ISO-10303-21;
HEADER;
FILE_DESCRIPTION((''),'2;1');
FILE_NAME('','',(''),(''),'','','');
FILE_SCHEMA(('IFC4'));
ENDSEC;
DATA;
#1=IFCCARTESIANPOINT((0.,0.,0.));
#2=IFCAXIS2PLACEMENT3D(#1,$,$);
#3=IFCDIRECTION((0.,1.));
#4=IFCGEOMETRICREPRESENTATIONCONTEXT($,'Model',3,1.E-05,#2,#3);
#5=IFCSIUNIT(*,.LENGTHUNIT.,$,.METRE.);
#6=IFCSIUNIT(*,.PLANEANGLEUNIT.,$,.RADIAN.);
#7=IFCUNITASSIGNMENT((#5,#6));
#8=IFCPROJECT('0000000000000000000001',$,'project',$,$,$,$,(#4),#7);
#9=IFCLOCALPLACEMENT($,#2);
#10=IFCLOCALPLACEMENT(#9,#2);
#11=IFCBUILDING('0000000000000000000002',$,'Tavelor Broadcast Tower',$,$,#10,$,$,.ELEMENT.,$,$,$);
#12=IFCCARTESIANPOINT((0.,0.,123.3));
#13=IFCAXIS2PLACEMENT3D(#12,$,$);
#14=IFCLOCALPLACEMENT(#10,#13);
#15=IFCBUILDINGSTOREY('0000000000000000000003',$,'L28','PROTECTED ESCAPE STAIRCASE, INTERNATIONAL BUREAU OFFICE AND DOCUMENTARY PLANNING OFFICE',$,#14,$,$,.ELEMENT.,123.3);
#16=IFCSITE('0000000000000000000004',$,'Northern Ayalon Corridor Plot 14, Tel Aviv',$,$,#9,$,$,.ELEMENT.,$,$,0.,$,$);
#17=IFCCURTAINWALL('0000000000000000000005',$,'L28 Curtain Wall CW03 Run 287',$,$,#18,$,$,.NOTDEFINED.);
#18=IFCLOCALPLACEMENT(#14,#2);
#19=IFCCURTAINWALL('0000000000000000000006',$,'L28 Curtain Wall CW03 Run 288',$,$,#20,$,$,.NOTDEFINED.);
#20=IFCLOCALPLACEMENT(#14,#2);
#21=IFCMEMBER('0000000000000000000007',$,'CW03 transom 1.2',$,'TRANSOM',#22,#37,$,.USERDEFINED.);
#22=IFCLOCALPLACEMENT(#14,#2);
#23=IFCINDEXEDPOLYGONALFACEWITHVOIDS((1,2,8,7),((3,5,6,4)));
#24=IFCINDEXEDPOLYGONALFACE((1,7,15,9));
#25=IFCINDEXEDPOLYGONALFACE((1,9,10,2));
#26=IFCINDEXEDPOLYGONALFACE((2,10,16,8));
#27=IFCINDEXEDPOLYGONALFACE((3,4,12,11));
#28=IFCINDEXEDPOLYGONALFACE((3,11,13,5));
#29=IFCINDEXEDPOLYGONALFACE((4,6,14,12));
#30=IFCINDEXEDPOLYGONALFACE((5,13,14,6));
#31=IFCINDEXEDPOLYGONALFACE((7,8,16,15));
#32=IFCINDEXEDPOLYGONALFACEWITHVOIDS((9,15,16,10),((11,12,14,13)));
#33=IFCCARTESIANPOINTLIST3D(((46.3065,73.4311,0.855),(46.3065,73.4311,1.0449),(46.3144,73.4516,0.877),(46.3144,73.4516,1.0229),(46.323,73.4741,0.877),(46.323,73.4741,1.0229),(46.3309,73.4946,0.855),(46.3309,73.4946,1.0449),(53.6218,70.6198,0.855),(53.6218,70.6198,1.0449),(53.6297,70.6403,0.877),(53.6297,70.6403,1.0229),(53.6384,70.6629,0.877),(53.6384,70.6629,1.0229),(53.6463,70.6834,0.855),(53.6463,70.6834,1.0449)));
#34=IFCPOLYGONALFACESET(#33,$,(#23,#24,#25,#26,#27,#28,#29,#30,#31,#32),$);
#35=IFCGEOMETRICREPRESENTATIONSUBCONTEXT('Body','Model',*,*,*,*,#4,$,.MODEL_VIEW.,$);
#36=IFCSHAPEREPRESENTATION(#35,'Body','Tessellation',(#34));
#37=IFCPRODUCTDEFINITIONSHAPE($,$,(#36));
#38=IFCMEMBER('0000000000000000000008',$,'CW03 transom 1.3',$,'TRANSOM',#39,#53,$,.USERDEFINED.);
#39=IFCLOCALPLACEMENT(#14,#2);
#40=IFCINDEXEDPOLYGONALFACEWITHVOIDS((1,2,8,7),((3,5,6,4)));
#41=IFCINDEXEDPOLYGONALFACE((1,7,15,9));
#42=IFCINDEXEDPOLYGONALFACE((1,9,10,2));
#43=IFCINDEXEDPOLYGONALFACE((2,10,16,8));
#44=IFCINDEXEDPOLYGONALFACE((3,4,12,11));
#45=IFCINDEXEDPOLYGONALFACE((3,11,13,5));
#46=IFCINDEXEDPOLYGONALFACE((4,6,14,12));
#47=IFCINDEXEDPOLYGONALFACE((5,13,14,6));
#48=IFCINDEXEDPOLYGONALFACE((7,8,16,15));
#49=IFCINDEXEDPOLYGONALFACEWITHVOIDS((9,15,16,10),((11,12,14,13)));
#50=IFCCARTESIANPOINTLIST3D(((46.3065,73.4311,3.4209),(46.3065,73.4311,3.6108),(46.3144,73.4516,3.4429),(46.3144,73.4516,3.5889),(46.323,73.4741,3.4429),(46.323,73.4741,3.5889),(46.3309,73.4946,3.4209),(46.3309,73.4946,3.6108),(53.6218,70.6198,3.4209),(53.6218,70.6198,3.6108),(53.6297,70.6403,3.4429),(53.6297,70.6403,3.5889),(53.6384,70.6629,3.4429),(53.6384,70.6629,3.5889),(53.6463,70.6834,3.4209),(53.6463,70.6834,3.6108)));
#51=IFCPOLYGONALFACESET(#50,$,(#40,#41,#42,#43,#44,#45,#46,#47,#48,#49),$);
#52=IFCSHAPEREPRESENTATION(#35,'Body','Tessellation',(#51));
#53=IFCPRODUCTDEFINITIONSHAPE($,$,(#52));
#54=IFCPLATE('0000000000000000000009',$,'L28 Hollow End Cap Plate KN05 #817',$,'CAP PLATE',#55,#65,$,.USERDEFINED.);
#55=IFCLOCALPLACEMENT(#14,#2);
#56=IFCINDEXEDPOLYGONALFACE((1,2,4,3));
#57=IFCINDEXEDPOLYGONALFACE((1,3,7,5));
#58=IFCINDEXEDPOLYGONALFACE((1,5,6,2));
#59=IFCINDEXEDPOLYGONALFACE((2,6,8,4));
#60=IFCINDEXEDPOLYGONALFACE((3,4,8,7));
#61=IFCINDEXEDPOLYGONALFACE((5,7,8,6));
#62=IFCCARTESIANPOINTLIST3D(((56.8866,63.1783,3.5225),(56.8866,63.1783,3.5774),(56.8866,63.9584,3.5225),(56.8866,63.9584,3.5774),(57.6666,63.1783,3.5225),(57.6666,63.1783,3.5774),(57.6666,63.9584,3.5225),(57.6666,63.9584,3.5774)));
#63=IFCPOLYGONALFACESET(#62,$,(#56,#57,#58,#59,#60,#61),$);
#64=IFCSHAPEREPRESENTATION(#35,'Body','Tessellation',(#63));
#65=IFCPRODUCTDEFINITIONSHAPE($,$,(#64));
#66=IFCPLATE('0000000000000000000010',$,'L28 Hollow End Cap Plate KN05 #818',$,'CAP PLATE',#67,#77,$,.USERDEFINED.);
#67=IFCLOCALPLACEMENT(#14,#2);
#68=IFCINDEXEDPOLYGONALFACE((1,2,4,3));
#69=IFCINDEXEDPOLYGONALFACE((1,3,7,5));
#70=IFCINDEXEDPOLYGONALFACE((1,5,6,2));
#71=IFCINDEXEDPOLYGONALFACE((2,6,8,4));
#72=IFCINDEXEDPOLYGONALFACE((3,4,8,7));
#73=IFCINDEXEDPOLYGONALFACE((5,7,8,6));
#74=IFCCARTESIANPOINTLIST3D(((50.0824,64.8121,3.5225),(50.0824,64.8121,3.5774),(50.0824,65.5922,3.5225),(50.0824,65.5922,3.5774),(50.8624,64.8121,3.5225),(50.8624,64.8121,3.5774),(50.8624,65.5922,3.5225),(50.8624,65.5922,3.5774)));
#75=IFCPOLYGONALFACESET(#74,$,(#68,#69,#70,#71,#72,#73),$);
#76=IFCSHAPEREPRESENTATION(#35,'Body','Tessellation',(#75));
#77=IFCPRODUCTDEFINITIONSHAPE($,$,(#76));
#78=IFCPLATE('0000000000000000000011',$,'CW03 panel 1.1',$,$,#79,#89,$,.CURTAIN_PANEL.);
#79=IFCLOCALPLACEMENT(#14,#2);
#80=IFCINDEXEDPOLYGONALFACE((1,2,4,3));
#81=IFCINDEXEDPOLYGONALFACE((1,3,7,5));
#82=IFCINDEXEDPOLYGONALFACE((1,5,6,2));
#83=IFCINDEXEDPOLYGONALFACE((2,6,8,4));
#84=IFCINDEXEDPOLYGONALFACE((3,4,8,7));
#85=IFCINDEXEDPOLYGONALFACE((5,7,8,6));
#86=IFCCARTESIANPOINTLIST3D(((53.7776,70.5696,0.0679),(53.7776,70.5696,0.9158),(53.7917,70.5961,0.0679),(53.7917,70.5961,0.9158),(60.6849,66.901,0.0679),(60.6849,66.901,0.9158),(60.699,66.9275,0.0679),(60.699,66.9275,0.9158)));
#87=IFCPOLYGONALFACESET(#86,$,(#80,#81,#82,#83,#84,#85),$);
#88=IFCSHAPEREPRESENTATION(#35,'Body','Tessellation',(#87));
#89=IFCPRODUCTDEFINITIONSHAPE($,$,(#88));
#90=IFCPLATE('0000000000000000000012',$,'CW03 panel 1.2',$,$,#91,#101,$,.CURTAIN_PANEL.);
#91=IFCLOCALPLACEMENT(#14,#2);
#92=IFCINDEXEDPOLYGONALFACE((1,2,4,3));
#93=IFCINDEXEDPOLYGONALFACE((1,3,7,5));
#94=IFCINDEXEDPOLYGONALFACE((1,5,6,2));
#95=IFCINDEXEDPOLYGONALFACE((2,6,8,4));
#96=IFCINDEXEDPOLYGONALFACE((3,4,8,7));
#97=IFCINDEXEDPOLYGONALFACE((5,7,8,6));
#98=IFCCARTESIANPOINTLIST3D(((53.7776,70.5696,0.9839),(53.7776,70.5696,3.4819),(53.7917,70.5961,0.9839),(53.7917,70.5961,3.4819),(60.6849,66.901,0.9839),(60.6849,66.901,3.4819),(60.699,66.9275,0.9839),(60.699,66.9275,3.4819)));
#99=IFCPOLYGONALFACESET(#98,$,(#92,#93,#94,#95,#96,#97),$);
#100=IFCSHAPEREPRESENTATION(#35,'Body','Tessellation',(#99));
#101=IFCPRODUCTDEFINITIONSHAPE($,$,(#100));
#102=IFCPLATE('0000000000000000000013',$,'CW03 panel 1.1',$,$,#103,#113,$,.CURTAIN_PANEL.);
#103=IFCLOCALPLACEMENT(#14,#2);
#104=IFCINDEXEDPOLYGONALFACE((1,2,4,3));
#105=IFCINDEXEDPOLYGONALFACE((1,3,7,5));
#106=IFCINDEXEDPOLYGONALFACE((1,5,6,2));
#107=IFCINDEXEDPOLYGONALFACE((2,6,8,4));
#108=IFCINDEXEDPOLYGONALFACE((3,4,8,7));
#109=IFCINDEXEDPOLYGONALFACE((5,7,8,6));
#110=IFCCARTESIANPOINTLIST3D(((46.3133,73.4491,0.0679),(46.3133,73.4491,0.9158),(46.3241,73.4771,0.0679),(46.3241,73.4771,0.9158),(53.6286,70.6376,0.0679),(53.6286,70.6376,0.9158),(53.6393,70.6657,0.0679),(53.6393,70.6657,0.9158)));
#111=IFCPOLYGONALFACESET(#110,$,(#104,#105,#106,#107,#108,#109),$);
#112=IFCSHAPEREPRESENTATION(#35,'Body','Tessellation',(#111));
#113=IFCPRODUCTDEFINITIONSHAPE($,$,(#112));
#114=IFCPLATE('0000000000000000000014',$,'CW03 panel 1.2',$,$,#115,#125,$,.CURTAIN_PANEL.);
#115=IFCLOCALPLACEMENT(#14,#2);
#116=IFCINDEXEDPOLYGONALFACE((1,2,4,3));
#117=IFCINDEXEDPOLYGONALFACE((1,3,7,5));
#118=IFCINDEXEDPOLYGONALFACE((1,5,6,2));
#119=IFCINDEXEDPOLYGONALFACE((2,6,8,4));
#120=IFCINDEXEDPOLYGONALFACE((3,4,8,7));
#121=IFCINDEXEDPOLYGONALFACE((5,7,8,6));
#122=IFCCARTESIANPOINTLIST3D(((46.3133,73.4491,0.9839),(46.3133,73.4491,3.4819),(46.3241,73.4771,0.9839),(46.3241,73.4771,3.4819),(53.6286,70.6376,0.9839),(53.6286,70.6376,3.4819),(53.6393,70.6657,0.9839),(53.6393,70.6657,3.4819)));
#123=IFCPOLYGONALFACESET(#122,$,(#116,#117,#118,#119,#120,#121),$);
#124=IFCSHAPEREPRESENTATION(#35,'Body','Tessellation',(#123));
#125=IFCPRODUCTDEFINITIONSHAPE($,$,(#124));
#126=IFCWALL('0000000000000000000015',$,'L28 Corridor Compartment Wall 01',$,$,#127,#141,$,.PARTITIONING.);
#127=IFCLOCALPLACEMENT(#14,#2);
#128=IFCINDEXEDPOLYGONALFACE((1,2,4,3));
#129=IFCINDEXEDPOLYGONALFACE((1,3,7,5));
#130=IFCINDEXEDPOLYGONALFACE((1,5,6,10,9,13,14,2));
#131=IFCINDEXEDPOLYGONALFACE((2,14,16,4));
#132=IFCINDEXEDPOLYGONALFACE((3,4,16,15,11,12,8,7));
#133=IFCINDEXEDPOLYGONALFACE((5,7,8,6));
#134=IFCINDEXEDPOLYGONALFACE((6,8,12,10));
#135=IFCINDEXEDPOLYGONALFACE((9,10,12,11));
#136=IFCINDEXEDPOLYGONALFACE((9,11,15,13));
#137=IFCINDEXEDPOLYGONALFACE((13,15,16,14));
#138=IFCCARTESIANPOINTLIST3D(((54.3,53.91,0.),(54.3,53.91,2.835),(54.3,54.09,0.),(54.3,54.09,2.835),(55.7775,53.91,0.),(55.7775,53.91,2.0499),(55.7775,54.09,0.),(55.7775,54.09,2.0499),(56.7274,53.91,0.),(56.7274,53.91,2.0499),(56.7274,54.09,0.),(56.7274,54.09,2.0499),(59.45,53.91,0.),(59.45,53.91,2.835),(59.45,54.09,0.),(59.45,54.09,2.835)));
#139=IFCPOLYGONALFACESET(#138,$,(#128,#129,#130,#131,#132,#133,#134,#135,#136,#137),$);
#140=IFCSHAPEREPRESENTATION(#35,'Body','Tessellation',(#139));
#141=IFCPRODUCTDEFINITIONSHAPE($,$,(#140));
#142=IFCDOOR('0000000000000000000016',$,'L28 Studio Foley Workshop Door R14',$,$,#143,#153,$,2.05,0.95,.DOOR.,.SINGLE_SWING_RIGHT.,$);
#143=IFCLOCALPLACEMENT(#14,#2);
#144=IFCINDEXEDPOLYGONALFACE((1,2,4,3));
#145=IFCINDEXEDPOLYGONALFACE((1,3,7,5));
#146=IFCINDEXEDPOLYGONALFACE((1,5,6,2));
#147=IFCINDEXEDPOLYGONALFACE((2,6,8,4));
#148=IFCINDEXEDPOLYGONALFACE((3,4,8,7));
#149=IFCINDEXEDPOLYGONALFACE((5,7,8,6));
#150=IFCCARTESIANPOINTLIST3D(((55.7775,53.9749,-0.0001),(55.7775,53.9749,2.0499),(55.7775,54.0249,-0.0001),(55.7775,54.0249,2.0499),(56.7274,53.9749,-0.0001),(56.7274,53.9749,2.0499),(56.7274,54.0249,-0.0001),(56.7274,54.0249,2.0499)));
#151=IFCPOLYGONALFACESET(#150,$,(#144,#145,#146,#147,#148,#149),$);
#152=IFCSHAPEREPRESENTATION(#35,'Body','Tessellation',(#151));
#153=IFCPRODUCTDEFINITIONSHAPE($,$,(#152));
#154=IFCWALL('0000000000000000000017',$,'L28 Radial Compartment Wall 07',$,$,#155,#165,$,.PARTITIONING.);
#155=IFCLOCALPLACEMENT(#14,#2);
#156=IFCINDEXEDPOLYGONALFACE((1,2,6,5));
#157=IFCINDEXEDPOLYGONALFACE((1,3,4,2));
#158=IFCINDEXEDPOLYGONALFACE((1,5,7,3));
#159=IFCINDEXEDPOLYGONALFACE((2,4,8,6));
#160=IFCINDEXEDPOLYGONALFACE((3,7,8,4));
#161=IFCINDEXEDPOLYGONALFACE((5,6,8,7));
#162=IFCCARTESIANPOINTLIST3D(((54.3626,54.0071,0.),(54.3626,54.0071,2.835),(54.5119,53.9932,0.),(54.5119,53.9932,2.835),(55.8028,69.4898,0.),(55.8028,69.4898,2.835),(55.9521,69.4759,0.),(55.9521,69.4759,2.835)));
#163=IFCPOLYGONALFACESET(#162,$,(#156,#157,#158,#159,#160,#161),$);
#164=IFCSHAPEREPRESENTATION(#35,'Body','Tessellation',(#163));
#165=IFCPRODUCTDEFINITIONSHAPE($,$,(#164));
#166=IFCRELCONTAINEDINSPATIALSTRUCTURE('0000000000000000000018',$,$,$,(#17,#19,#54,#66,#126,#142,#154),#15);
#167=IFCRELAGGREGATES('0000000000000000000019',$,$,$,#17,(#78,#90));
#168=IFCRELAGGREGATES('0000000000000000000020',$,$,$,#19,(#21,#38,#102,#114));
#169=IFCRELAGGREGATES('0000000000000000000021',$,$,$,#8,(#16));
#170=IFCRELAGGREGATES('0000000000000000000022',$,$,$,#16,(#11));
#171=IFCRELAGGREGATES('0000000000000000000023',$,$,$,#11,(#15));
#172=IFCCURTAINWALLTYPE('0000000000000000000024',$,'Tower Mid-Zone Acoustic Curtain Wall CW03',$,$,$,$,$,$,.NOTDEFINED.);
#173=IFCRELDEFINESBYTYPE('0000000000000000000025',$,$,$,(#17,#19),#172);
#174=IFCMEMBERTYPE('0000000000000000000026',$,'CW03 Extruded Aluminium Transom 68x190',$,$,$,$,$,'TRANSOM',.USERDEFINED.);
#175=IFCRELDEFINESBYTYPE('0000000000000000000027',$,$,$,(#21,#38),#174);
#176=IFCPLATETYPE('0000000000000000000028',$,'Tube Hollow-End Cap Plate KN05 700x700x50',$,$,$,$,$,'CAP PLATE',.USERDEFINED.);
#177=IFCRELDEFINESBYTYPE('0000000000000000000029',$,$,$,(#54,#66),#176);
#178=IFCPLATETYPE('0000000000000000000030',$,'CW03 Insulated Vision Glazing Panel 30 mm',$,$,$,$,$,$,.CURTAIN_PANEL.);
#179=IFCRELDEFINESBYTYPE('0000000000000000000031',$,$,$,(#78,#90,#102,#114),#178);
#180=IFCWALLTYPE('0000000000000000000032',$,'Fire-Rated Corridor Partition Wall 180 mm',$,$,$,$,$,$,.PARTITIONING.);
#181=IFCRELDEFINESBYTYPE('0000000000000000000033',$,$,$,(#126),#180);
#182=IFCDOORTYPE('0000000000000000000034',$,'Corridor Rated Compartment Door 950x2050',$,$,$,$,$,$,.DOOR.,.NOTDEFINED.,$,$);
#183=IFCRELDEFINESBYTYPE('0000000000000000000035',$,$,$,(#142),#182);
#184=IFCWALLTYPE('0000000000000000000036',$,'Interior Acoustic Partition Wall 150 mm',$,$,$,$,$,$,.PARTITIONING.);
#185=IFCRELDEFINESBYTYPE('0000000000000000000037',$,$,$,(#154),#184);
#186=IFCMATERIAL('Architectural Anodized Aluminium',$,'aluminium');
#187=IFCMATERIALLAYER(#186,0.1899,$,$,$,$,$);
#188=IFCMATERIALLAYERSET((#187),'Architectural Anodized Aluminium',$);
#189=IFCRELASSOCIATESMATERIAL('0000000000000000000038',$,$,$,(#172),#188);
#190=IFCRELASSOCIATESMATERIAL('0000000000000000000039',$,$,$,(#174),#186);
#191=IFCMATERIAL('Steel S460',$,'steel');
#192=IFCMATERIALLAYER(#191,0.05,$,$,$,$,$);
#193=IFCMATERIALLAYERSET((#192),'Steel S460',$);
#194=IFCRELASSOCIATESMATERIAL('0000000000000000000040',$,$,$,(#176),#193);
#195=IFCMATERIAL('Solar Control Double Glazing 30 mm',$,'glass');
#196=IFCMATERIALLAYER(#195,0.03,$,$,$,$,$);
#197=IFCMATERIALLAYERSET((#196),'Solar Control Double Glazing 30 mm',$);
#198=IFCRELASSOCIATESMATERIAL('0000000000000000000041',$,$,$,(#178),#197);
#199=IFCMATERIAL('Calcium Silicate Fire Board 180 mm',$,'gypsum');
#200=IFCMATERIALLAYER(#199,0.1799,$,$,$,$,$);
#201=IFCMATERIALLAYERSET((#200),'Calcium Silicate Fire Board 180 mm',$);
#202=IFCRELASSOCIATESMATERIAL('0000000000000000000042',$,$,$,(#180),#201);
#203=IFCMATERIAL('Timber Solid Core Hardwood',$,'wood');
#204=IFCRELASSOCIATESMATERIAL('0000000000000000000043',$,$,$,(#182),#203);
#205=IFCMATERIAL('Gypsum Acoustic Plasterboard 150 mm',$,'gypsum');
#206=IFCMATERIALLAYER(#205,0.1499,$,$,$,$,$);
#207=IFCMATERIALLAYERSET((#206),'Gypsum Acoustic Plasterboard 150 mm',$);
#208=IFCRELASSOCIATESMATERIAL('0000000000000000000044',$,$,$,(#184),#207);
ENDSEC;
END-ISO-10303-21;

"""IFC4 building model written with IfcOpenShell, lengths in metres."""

from ifc_helpers import new_model, si_unit, direction, frame, frame_2d, origin, origin_2d, place, context, subcontext, project, spatial, rectangle, hollow_rectangle, extrude, source, transform, mapped, material, layer, layer_set, material_profile, profile_set, type_object, type_shapes, element, fill, aggregate, save


model = new_model("IFC4")

# Units and contexts
model_context = context("Model", 3, precision=1e-05, world=origin(), true_north=direction((0.0, 1.0)))
body_context = subcontext(model_context, "Body", "Model", "MODEL_VIEW")
ifc_project = project(units=[si_unit("LENGTHUNIT", "METRE"), si_unit("PLANEANGLEUNIT", "RADIAN")], contexts=[model_context])

# Site, building, storey
site_placement = place(None, origin())
site = spatial("IfcSite", under=ifc_project, at=site_placement, Name="Northern Ayalon Corridor Plot 14, Tel Aviv", CompositionType="ELEMENT", RefElevation=0.0)
building_placement = place(site_placement, origin())
building = spatial("IfcBuilding", under=site, at=building_placement, Name="Tavelor Broadcast Tower", CompositionType="ELEMENT")
storey_placement = place(building_placement, frame((0.0, 0.0, 123.3)))
storey = spatial("IfcBuildingStorey", under=building, at=storey_placement, Name="L28", Description="PROTECTED ESCAPE STAIRCASE, INTERNATIONAL BUREAU OFFICE AND DOCUMENTARY PLANNING OFFICE", CompositionType="ELEMENT", Elevation=123.3)

# Shared definitions
ifc_material_1 = material(Name="Steel S460", Category="steel")

# Curtain wall
ifc_material_2 = material(Name="Architectural Anodized Aluminium", Category="aluminium")
ifc_layer_1 = layer(ifc_material_2, 0.1899)
ifc_layer_set_1 = layer_set([ifc_layer_1], Name="Architectural Anodized Aluminium")
curtain_wall_type = type_object("IfcCurtainWallType", Name="Tower Mid-Zone Acoustic Curtain Wall CW03", PredefinedType="NOTDEFINED", material=ifc_layer_set_1)
curtain_wall_1_placement = place(storey_placement, origin())
curtain_wall_1 = element("IfcCurtainWall", 1, at=curtain_wall_1_placement, inside=storey, type_object=curtain_wall_type, Name="L28 Curtain Wall CW03 Run 287", PredefinedType="NOTDEFINED")

# Curtain wall, members
curtain_wall_2_placement = place(storey_placement, origin())
curtain_wall_2 = element("IfcCurtainWall", 2, at=curtain_wall_2_placement, inside=storey, type_object=curtain_wall_type, Name="L28 Curtain Wall CW03 Run 288", PredefinedType="NOTDEFINED")
ifc_material_profile_1 = material_profile(ifc_material_2, hollow_rectangle(XDim=0.0681, YDim=0.1899, WallThickness=0.022, at=origin_2d()), Name="RHS 68x190x22")
ifc_profile_set_1 = profile_set([ifc_material_profile_1], Name="Architectural Anodized Aluminium")
member_type_1 = type_object("IfcMemberType", Name="CW03 Extruded Aluminium Transom 68x190", ElementType="TRANSOM", PredefinedType="USERDEFINED", material=ifc_profile_set_1)
shared_shape_1 = source(origin(), body_context, "Body", "SweptSolid", [
    extrude(hollow_rectangle(XDim=0.0681, YDim=0.1899, WallThickness=0.022, at=origin_2d()), origin(), (0.0, 0.0, 1.0), 7.8369),
])
type_shapes(member_type_1, [shared_shape_1])
member_1_placement = place(storey_placement, frame((53.634, 70.6516, 0.95), z_axis=(-0.933446, 0.358718, 0.0), x_axis=(-0.358718, -0.933446, 0.0)))
member_1 = element("IfcMember", 3, at=member_1_placement, type_object=member_type_1, Name="CW03 transom 1.2", ObjectType="TRANSOM", PredefinedType="USERDEFINED", context=body_context, shape_type="MappedRepresentation", body=[
    mapped(shared_shape_1, transform((0.0, 0.0, 0.0), scale=1.0)),
])
member_2_placement = place(storey_placement, frame((53.634, 70.6516, 3.5159), z_axis=(-0.933446, 0.358718, 0.0), x_axis=(-0.358718, -0.933446, 0.0)))
member_2 = element("IfcMember", 4, at=member_2_placement, type_object=member_type_1, Name="CW03 transom 1.3", ObjectType="TRANSOM", PredefinedType="USERDEFINED", context=body_context, shape_type="MappedRepresentation", body=[
    mapped(shared_shape_1, transform((0.0, 0.0, 0.0), scale=1.0)),
])

# Plates
ifc_layer_2 = layer(ifc_material_1, 0.05)
ifc_layer_set_2 = layer_set([ifc_layer_2], Name="Steel S460")
plate_type_1 = type_object("IfcPlateType", Name="Tube Hollow-End Cap Plate KN05 700x700x50", ElementType="CAP PLATE", PredefinedType="USERDEFINED", material=ifc_layer_set_2)
shared_shape_2 = source(origin(), body_context, "Body", "SweptSolid", [
    extrude(rectangle(XDim=0.78, YDim=0.78, at=origin_2d()), origin(), (0.0, 0.0, 1.0), 0.0549),
])
type_shapes(plate_type_1, [shared_shape_2])
for number, where, z_axis, x_axis, name in (
    (5, (57.2766, 63.5684, 3.5225), (0.0, 0.0, 1.0), (1.0, 0.0, 0.0), "L28 Hollow End Cap Plate KN05 #817"),
    (6, (50.4724, 65.2021, 3.5225), (0.0, 0.0, 1.0), (1.0, 0.0, 0.0), "L28 Hollow End Cap Plate KN05 #818"),
):
    element("IfcPlate", number, at=place(storey_placement, frame(where, z_axis=z_axis, x_axis=x_axis)), inside=storey, type_object=plate_type_1, Name=name, ObjectType="CAP PLATE", PredefinedType="USERDEFINED", context=body_context, shape_type="MappedRepresentation", body=[
        mapped(shared_shape_2, transform((0.0, 0.0, 0.0), scale=1.0)),
    ])

# Plates
ifc_material_3 = material(Name="Solar Control Double Glazing 30 mm", Category="glass")
ifc_layer_3 = layer(ifc_material_3, 0.03)
ifc_layer_set_3 = layer_set([ifc_layer_3], Name="Solar Control Double Glazing 30 mm")
plate_type_2 = type_object("IfcPlateType", Name="CW03 Insulated Vision Glazing Panel 30 mm", PredefinedType="CURTAIN_PANEL", material=ifc_layer_set_3)
shared_shape_3 = source(origin(), body_context, "Body", "SweptSolid", [
    extrude(rectangle(XDim=7.821, YDim=0.03, at=origin_2d()), origin(), (0.0, 0.0, 1.0), 0.8479),
])
plate_1_placement = place(storey_placement, frame((57.2383, 68.7485, 0.0679), z_axis=(0.0, 0.0, 1.0), x_axis=(-0.883163, 0.469066, 0.0)))
plate_1 = element("IfcPlate", 7, at=plate_1_placement, type_object=plate_type_2, Name="CW03 panel 1.1", PredefinedType="CURTAIN_PANEL", context=body_context, shape_type="MappedRepresentation", body=[
    mapped(shared_shape_3, transform((0.0, 0.0, 0.0), scale=1.0)),
])
shared_shape_4 = source(origin(), body_context, "Body", "SweptSolid", [
    extrude(rectangle(XDim=7.821, YDim=0.03, at=origin_2d()), origin(), (0.0, 0.0, 1.0), 2.498),
])
plate_2_placement = place(storey_placement, frame((57.2383, 68.7485, 0.9839), z_axis=(0.0, 0.0, 1.0), x_axis=(-0.883163, 0.469066, 0.0)))
plate_2 = element("IfcPlate", 8, at=plate_2_placement, type_object=plate_type_2, Name="CW03 panel 1.2", PredefinedType="CURTAIN_PANEL", context=body_context, shape_type="MappedRepresentation", body=[
    mapped(shared_shape_4, transform((0.0, 0.0, 0.0), scale=1.0)),
])
aggregate(curtain_wall_1, [plate_1, plate_2])
shared_shape_5 = source(origin(), body_context, "Body", "SweptSolid", [
    extrude(rectangle(XDim=7.8369, YDim=0.03, at=origin_2d()), origin(), (0.0, 0.0, 1.0), 0.8479),
])
plate_3_placement = place(storey_placement, frame((49.9763, 72.0574, 0.0679), z_axis=(0.0, 0.0, 1.0), x_axis=(-0.933437, 0.35874, 0.0)))
plate_3 = element("IfcPlate", 9, at=plate_3_placement, type_object=plate_type_2, Name="CW03 panel 1.1", PredefinedType="CURTAIN_PANEL", context=body_context, shape_type="MappedRepresentation", body=[
    mapped(shared_shape_5, transform((0.0, 0.0, 0.0), scale=1.0)),
])
shared_shape_6 = source(origin(), body_context, "Body", "SweptSolid", [
    extrude(rectangle(XDim=7.8369, YDim=0.03, at=origin_2d()), origin(), (0.0, 0.0, 1.0), 2.498),
])
type_shapes(plate_type_2, [shared_shape_3, shared_shape_4, shared_shape_5, shared_shape_6])
plate_4_placement = place(storey_placement, frame((49.9763, 72.0574, 0.9839), z_axis=(0.0, 0.0, 1.0), x_axis=(-0.933437, 0.35874, 0.0)))
plate_4 = element("IfcPlate", 10, at=plate_4_placement, type_object=plate_type_2, Name="CW03 panel 1.2", PredefinedType="CURTAIN_PANEL", context=body_context, shape_type="MappedRepresentation", body=[
    mapped(shared_shape_6, transform((0.0, 0.0, 0.0), scale=1.0)),
])
aggregate(curtain_wall_2, [member_1, member_2, plate_3, plate_4])

# Wall, opening, door
ifc_material_4 = material(Name="Calcium Silicate Fire Board 180 mm", Category="gypsum")
ifc_layer_4 = layer(ifc_material_4, 0.1799)
ifc_layer_set_4 = layer_set([ifc_layer_4], Name="Calcium Silicate Fire Board 180 mm")
wall_type_1 = type_object("IfcWallType", Name="Fire-Rated Corridor Partition Wall 180 mm", PredefinedType="PARTITIONING", material=ifc_layer_set_4)
wall_1_placement = place(storey_placement, frame((54.3, 54.0, 0.0), z_axis=(0.0, 0.0, 1.0), x_axis=(1.0, 0.0, 0.0)))
wall_1 = element("IfcWall", 11, at=wall_1_placement, inside=storey, type_object=wall_type_1, Name="L28 Corridor Compartment Wall 01", PredefinedType="PARTITIONING", context=body_context, shape_type="SweptSolid", body=[
    extrude(rectangle(XDim=5.1499, YDim=0.1799, at=frame_2d((2.575, 0.0))), origin(), (0.0, 0.0, 1.0), 2.835),
])
opening_1_placement = place(wall_1_placement, frame((1.4773, 0.0, 0.0)))
opening_1 = element("IfcOpeningElement", 12, at=opening_1_placement, cuts=wall_1, PredefinedType="OPENING", context=body_context, shape_type="SweptSolid", body=[
    extrude(rectangle(XDim=0.95, YDim=2.05, at=frame_2d((0.4751, 1.0249))), frame((0.0, 0.1001, 0.0), z_axis=(0.0, -1.0, 0.0), x_axis=(1.0, 0.0, 0.0)), (0.0, 0.0, 1.0), 0.2),
])
ifc_material_5 = material(Name="Timber Solid Core Hardwood", Category="wood")
door_type = type_object("IfcDoorType", Name="Corridor Rated Compartment Door 950x2050", OperationType="NOTDEFINED", PredefinedType="DOOR", material=ifc_material_5)
door_1_placement = place(opening_1_placement, origin())
door_1 = element("IfcDoor", 13, at=door_1_placement, inside=storey, type_object=door_type, Name="L28 Studio Foley Workshop Door R14", OperationType="SINGLE_SWING_RIGHT", OverallHeight=2.05, OverallWidth=0.95, PredefinedType="DOOR", context=body_context, shape_type="SweptSolid", body=[
    extrude(rectangle(XDim=0.95, YDim=2.05, at=frame_2d((0.4751, 1.0249))), frame((0.0, 0.0249, 0.0), z_axis=(0.0, -1.0, 0.0), x_axis=(1.0, 0.0, 0.0)), (0.0, 0.0, 1.0), 0.05),
])
fill(opening_1, door_1)

# Wall
ifc_material_6 = material(Name="Gypsum Acoustic Plasterboard 150 mm", Category="gypsum")
ifc_layer_5 = layer(ifc_material_6, 0.1499)
ifc_layer_set_5 = layer_set([ifc_layer_5], Name="Gypsum Acoustic Plasterboard 150 mm")
wall_type_2 = type_object("IfcWallType", Name="Interior Acoustic Partition Wall 150 mm", PredefinedType="PARTITIONING", material=ifc_layer_set_5)
wall_2_placement = place(storey_placement, frame((54.4373, 54.0, 0.0), z_axis=(0.0, 0.0, 1.0), x_axis=(0.092619, 0.995702, 0.0)))
element("IfcWall", 14, at=wall_2_placement, inside=storey, type_object=wall_type_2, Name="L28 Radial Compartment Wall 07", PredefinedType="PARTITIONING", context=body_context, shape_type="SweptSolid", body=[
    extrude(rectangle(XDim=15.5496, YDim=0.1499, at=frame_2d((7.7749, 0.0))), origin(), (0.0, 0.0, 1.0), 2.835),
])

save(model, "model.ifc")
